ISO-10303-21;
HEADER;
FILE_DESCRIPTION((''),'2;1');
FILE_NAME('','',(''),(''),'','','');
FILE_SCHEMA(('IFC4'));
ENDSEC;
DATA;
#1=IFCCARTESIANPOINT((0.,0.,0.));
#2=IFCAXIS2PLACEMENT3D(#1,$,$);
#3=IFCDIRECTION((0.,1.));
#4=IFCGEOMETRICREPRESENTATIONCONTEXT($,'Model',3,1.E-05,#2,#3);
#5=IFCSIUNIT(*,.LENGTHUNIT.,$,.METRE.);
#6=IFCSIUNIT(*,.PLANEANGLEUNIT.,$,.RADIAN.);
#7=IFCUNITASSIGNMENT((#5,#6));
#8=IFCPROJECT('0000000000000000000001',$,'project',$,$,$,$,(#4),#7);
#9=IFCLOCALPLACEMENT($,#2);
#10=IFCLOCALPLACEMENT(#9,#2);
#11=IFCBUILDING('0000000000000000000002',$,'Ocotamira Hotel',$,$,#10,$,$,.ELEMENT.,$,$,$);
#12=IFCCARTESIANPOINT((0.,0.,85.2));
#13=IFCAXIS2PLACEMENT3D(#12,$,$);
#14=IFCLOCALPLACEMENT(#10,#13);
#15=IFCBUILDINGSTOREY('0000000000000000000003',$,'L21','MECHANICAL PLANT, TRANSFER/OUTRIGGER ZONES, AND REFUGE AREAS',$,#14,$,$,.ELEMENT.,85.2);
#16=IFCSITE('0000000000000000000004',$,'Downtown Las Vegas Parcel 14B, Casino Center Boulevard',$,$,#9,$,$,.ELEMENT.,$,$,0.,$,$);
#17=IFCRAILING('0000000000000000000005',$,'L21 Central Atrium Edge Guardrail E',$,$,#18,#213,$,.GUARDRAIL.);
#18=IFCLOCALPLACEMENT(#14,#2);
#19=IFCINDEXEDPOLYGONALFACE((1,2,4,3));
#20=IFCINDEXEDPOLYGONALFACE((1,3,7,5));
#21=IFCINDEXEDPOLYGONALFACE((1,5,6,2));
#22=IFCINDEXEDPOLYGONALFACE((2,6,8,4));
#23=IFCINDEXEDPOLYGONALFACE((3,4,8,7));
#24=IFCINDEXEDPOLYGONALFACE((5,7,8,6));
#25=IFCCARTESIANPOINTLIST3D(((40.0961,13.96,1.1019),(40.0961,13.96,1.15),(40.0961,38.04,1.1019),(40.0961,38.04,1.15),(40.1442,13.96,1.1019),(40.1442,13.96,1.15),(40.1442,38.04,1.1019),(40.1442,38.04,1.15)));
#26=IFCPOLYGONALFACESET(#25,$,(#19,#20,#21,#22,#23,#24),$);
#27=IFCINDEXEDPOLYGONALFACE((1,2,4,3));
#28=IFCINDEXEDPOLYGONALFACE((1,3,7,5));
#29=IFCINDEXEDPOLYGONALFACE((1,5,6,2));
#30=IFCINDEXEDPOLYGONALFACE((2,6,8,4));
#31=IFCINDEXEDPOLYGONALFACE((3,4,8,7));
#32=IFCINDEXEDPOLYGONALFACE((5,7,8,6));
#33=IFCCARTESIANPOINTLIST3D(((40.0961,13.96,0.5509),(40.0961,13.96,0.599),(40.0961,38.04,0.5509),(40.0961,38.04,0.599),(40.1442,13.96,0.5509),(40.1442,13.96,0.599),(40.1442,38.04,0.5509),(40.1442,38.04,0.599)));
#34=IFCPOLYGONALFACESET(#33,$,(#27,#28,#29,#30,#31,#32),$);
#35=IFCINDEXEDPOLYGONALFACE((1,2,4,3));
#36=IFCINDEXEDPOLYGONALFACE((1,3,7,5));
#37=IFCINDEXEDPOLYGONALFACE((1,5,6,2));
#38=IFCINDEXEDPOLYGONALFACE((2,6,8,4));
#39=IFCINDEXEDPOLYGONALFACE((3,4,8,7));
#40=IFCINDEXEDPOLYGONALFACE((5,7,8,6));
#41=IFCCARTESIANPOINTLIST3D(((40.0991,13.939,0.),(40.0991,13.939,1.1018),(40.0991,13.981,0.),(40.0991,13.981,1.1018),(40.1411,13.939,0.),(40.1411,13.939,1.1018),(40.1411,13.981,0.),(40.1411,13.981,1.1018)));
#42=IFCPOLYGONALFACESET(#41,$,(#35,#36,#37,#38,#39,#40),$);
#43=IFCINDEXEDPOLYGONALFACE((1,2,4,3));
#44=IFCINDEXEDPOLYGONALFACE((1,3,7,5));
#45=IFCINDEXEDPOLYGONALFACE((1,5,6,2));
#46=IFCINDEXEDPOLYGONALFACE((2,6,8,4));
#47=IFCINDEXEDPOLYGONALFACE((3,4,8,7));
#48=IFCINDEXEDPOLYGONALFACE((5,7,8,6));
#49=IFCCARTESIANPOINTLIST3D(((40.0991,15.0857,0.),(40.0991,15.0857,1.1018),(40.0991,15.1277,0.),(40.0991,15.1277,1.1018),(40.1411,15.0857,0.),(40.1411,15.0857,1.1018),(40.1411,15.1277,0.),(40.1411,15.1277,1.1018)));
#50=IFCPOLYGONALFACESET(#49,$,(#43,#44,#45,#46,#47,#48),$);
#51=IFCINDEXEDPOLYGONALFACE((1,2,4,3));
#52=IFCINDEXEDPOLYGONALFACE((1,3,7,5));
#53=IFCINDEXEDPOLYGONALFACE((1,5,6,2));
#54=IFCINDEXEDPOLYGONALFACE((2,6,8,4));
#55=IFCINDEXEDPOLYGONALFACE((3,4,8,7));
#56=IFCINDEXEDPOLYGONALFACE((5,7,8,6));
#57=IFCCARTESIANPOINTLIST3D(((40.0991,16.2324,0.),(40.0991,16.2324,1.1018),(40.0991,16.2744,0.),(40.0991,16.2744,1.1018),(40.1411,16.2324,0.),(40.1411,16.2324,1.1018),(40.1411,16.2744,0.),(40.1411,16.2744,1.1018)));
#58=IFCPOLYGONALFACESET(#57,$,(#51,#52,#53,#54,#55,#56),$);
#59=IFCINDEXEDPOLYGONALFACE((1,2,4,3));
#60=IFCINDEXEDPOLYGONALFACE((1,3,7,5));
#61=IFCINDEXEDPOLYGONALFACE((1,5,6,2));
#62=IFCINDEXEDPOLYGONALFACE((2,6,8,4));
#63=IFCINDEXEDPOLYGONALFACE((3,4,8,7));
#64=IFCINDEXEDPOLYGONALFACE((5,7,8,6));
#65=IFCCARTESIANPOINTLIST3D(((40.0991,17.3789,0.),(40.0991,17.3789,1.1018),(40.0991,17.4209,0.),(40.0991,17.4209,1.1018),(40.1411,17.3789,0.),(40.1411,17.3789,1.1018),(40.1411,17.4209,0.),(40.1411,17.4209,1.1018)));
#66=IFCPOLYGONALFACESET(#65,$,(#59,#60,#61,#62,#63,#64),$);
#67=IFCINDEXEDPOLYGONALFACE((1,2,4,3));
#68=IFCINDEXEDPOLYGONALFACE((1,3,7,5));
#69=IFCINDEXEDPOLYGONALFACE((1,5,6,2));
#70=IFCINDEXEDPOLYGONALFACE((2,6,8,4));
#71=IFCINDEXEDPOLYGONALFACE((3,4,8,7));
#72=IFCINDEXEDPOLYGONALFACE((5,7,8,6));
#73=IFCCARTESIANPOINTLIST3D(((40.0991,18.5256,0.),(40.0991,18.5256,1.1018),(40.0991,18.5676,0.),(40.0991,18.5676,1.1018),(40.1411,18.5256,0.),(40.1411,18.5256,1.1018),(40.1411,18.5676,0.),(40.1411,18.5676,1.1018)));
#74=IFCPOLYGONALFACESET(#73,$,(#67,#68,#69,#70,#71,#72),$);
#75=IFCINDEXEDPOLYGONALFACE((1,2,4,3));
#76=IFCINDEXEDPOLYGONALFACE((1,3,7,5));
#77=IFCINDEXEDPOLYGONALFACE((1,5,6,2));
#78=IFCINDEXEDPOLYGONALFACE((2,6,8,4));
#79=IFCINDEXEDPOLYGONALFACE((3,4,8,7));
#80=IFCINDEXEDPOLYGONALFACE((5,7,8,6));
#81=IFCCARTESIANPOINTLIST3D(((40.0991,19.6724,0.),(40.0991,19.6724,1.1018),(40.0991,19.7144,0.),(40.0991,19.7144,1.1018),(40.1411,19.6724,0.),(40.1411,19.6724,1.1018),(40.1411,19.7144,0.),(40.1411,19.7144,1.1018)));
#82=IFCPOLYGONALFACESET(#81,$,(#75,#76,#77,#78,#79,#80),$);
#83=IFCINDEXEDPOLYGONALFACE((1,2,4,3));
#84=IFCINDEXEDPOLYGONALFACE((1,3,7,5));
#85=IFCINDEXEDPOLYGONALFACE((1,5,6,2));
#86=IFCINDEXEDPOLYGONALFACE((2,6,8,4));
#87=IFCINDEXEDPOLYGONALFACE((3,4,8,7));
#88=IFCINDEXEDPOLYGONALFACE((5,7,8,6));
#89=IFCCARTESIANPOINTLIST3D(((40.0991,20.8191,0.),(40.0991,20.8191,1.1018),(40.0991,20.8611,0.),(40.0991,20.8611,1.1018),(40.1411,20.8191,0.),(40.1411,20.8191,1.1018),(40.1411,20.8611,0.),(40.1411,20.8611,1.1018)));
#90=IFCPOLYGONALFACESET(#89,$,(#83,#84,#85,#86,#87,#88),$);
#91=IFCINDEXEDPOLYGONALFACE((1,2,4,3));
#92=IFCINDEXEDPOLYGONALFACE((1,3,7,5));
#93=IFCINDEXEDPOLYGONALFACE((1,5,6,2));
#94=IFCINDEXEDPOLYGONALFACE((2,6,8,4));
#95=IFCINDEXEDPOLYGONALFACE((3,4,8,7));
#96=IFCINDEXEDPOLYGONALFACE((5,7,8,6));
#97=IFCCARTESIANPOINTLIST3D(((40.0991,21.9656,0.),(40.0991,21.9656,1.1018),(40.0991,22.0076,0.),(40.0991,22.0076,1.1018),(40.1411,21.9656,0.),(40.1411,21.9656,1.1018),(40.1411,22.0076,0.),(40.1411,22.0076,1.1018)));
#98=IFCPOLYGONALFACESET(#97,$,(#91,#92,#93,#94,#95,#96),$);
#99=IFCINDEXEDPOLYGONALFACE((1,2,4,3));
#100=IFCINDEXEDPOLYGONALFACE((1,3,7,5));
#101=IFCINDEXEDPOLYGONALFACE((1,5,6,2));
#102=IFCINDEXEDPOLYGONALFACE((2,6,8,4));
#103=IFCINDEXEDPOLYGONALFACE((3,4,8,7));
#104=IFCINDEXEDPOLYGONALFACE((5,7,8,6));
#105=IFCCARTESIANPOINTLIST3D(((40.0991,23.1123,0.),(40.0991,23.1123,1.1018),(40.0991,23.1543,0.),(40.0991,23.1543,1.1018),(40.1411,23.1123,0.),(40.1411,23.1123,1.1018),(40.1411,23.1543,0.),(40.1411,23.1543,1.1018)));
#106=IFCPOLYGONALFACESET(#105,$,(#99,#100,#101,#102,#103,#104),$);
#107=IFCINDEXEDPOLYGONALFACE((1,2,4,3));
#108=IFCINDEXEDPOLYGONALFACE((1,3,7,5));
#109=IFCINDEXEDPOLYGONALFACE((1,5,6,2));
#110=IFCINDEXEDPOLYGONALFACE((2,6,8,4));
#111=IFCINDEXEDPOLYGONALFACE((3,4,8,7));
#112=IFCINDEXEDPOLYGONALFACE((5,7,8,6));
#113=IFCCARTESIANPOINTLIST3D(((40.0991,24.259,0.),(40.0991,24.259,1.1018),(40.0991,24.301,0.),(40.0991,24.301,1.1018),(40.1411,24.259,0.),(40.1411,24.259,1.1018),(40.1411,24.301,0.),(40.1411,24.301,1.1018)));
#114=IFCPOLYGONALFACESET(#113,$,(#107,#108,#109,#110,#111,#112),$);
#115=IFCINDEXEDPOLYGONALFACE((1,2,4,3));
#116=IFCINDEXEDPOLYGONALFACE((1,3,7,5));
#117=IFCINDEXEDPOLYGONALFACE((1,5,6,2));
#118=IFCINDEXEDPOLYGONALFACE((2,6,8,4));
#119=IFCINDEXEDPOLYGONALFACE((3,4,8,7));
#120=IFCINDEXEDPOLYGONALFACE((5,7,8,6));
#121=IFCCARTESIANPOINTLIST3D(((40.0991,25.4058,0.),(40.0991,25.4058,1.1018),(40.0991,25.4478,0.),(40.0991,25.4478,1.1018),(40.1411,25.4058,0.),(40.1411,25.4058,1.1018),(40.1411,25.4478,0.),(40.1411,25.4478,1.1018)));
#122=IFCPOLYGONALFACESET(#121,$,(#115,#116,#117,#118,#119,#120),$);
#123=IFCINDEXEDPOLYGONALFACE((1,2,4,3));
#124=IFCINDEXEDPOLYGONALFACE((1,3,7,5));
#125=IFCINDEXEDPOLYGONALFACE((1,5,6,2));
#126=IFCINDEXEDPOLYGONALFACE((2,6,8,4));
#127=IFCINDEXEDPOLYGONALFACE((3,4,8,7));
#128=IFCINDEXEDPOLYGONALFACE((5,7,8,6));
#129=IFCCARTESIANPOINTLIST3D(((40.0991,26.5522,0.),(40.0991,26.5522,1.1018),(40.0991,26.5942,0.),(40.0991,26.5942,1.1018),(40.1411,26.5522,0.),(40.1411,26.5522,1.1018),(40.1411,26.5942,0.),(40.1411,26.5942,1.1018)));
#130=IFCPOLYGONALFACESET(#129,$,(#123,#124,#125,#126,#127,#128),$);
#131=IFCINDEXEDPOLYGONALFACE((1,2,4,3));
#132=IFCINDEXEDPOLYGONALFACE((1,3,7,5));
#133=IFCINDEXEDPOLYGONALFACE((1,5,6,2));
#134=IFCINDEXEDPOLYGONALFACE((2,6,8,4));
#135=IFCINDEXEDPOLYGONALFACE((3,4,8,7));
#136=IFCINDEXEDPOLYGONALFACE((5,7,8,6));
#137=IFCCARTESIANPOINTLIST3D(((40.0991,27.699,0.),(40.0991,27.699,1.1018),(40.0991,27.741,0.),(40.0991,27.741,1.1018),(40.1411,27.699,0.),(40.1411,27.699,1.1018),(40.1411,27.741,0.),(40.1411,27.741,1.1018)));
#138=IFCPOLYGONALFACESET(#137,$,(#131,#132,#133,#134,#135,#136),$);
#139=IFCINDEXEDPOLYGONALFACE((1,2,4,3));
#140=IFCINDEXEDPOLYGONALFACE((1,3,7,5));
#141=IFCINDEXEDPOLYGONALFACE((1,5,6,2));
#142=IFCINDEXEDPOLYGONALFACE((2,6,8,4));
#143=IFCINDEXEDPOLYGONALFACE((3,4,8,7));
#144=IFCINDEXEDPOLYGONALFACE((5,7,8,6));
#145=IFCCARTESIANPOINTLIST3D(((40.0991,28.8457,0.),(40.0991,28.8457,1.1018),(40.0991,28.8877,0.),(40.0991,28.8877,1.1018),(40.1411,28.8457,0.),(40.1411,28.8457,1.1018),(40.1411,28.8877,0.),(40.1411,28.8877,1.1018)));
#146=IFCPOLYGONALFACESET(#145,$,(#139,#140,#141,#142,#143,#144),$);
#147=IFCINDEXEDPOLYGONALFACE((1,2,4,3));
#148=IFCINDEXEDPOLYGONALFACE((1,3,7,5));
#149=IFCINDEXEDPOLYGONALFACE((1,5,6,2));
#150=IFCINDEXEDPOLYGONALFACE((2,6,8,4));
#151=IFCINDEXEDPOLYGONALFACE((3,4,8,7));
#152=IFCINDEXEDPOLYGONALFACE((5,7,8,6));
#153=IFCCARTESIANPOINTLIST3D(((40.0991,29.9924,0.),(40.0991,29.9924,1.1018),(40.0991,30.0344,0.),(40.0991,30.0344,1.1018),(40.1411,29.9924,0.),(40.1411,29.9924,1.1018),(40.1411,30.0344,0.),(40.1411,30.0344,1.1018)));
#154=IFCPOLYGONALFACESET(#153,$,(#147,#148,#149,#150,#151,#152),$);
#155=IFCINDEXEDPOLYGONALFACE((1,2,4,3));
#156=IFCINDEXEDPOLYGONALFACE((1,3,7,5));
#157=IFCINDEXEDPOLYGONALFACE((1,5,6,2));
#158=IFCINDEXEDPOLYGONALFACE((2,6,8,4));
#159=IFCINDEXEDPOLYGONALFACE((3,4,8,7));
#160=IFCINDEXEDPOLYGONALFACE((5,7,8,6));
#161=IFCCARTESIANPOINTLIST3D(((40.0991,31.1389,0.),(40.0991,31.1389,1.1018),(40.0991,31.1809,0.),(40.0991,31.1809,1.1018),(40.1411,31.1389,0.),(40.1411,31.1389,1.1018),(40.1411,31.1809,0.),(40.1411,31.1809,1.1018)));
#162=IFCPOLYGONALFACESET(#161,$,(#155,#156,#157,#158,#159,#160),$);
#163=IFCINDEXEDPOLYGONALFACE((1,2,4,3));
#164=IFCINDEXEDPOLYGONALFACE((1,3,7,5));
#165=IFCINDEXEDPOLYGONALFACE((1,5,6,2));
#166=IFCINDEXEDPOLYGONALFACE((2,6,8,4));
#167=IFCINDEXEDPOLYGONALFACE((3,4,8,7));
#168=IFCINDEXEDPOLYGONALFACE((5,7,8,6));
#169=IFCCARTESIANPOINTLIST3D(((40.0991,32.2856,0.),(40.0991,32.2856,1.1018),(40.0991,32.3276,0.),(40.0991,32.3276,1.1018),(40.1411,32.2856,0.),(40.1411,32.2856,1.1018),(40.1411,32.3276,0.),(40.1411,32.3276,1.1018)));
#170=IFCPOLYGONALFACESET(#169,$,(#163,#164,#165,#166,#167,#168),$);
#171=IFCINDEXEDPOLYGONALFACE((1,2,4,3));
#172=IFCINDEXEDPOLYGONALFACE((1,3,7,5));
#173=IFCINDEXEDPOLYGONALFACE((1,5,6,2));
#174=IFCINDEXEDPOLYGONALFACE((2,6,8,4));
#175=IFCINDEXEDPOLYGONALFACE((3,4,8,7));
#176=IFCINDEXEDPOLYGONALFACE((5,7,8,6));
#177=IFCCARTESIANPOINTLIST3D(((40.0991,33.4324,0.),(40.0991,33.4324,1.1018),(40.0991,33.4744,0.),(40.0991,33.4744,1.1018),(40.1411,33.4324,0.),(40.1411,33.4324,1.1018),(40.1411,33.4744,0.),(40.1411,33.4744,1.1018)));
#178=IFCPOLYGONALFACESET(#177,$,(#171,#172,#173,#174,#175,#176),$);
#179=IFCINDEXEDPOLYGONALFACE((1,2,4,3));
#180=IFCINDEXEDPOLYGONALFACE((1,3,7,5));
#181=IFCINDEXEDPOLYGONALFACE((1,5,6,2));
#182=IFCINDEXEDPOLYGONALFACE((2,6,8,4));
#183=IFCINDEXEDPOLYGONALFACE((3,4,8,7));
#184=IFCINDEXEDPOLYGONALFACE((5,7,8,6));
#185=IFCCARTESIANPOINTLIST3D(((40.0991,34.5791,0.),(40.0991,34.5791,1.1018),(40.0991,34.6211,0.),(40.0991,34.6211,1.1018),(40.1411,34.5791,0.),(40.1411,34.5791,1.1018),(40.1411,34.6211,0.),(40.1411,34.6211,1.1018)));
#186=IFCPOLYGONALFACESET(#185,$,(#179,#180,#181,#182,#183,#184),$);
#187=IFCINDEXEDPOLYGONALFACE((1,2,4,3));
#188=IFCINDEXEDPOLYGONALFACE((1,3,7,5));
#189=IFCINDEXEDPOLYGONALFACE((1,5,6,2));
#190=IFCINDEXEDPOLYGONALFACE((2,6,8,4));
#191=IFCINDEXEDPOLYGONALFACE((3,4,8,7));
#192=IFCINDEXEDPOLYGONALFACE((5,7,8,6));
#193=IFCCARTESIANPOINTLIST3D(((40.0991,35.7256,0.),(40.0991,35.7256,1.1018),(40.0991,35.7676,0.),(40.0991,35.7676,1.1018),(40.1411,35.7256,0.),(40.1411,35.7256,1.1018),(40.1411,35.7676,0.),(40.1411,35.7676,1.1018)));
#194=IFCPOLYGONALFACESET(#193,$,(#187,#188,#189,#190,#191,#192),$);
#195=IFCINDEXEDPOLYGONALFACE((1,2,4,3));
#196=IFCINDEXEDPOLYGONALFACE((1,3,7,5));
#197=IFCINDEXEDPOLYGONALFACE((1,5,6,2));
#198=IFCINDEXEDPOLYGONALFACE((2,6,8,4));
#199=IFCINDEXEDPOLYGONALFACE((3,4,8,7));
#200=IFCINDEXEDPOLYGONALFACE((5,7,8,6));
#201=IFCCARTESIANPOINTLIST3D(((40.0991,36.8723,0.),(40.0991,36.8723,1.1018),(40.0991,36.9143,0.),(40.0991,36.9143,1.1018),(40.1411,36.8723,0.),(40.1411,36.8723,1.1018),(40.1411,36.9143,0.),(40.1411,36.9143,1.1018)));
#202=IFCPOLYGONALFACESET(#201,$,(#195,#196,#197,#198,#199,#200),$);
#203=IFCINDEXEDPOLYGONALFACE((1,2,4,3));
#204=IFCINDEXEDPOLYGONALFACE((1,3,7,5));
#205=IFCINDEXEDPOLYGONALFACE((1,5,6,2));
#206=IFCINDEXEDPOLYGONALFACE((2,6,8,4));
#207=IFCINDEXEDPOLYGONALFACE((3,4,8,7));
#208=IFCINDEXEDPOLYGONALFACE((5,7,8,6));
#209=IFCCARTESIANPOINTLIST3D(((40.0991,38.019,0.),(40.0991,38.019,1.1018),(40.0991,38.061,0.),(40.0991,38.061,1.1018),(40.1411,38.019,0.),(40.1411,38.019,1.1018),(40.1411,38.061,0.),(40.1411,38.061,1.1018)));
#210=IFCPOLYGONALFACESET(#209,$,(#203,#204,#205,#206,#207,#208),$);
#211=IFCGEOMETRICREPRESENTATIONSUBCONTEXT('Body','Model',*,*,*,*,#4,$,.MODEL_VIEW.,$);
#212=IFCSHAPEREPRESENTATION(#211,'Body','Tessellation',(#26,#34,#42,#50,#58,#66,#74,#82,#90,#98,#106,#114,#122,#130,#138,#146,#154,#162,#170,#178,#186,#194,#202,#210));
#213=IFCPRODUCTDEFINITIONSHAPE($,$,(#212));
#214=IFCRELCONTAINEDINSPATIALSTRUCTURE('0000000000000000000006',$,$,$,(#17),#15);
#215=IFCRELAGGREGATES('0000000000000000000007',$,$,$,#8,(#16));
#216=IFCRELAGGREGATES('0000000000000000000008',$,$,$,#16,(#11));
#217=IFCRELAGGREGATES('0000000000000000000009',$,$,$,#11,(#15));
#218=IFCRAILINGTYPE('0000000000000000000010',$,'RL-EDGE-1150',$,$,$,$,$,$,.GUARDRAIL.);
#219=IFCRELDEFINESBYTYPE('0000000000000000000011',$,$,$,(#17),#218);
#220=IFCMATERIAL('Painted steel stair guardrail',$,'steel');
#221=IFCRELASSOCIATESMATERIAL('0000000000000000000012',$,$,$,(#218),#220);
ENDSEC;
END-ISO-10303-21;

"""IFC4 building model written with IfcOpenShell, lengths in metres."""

from ifc_helpers import new_model, si_unit, direction, frame, origin, origin_2d, place, context, subcontext, project, spatial, rectangle, extrude, material, type_object, element, save


model = new_model("IFC4")

# Units and contexts
model_context = context("Model", 3, precision=1e-05, world=origin(), true_north=direction((0.0, 1.0)))
body_context = subcontext(model_context, "Body", "Model", "MODEL_VIEW")
ifc_project = project(units=[si_unit("LENGTHUNIT", "METRE"), si_unit("PLANEANGLEUNIT", "RADIAN")], contexts=[model_context])

# Site, building, storey
site_placement = place(None, origin())
site = spatial("IfcSite", under=ifc_project, at=site_placement, Name="Downtown Las Vegas Parcel 14B, Casino Center Boulevard", CompositionType="ELEMENT", RefElevation=0.0)
building_placement = place(site_placement, origin())
building = spatial("IfcBuilding", under=site, at=building_placement, Name="Ocotamira Hotel", CompositionType="ELEMENT")
storey_placement = place(building_placement, frame((0.0, 0.0, 85.2)))
storey = spatial("IfcBuildingStorey", under=building, at=storey_placement, Name="L21", Description="MECHANICAL PLANT, TRANSFER/OUTRIGGER ZONES, AND REFUGE AREAS", CompositionType="ELEMENT", Elevation=85.2)

# Railing
ifc_material_1 = material(Name="Painted steel stair guardrail", Category="steel")
railing_type = type_object("IfcRailingType", Name="RL-EDGE-1150", PredefinedType="GUARDRAIL", material=ifc_material_1)
railing_1_placement = place(storey_placement, frame((40.1201, 13.96, 0.0)))
element("IfcRailing", 1, at=railing_1_placement, inside=storey, type_object=railing_type, Name="L21 Central Atrium Edge Guardrail E", PredefinedType="GUARDRAIL", context=body_context, shape_type="SweptSolid", body=[
    extrude(rectangle(XDim=0.0481, YDim=0.0481, at=origin_2d()), frame((0.0, 0.0, 1.126), z_axis=(0.0, 1.0, 0.0), x_axis=(-1.0, 0.0, 0.0)), (0.0, 0.0, 1.0), 24.0801),
    extrude(rectangle(XDim=0.0481, YDim=0.0481, at=origin_2d()), frame((0.0, 0.0, 0.575), z_axis=(0.0, 1.0, 0.0), x_axis=(-1.0, 0.0, 0.0)), (0.0, 0.0, 1.0), 24.0801),
    extrude(rectangle(XDim=0.042, YDim=0.042, at=origin_2d()), origin(), (0.0, 0.0, 1.0), 1.1018),
    extrude(rectangle(XDim=0.042, YDim=0.042, at=origin_2d()), frame((0.0, 1.1467, 0.0)), (0.0, 0.0, 1.0), 1.1018),
    extrude(rectangle(XDim=0.042, YDim=0.042, at=origin_2d()), frame((0.0, 2.2935, 0.0)), (0.0, 0.0, 1.0), 1.1018),
    extrude(rectangle(XDim=0.042, YDim=0.042, at=origin_2d()), frame((0.0, 3.4399, 0.0)), (0.0, 0.0, 1.0), 1.1018),
    extrude(rectangle(XDim=0.042, YDim=0.042, at=origin_2d()), frame((0.0, 4.5867, 0.0)), (0.0, 0.0, 1.0), 1.1018),
    extrude(rectangle(XDim=0.042, YDim=0.042, at=origin_2d()), frame((0.0, 5.7334, 0.0)), (0.0, 0.0, 1.0), 1.1018),
    extrude(rectangle(XDim=0.042, YDim=0.042, at=origin_2d()), frame((0.0, 6.8801, 0.0)), (0.0, 0.0, 1.0), 1.1018),
    extrude(rectangle(XDim=0.042, YDim=0.042, at=origin_2d()), frame((0.0, 8.0266, 0.0)), (0.0, 0.0, 1.0), 1.1018),
    extrude(rectangle(XDim=0.042, YDim=0.042, at=origin_2d()), frame((0.0, 9.1733, 0.0)), (0.0, 0.0, 1.0), 1.1018),
    extrude(rectangle(XDim=0.042, YDim=0.042, at=origin_2d()), frame((0.0, 10.3201, 0.0)), (0.0, 0.0, 1.0), 1.1018),
    extrude(rectangle(XDim=0.042, YDim=0.042, at=origin_2d()), frame((0.0, 11.4668, 0.0)), (0.0, 0.0, 1.0), 1.1018),
    extrude(rectangle(XDim=0.042, YDim=0.042, at=origin_2d()), frame((0.0, 12.6133, 0.0)), (0.0, 0.0, 1.0), 1.1018),
    extrude(rectangle(XDim=0.042, YDim=0.042, at=origin_2d()), frame((0.0, 13.76, 0.0)), (0.0, 0.0, 1.0), 1.1018),
    extrude(rectangle(XDim=0.042, YDim=0.042, at=origin_2d()), frame((0.0, 14.9067, 0.0)), (0.0, 0.0, 1.0), 1.1018),
    extrude(rectangle(XDim=0.042, YDim=0.042, at=origin_2d()), frame((0.0, 16.0535, 0.0)), (0.0, 0.0, 1.0), 1.1018),
    extrude(rectangle(XDim=0.042, YDim=0.042, at=origin_2d()), frame((0.0, 17.2, 0.0)), (0.0, 0.0, 1.0), 1.1018),
    extrude(rectangle(XDim=0.042, YDim=0.042, at=origin_2d()), frame((0.0, 18.3467, 0.0)), (0.0, 0.0, 1.0), 1.1018),
    extrude(rectangle(XDim=0.042, YDim=0.042, at=origin_2d()), frame((0.0, 19.4934, 0.0)), (0.0, 0.0, 1.0), 1.1018),
    extrude(rectangle(XDim=0.042, YDim=0.042, at=origin_2d()), frame((0.0, 20.6401, 0.0)), (0.0, 0.0, 1.0), 1.1018),
    extrude(rectangle(XDim=0.042, YDim=0.042, at=origin_2d()), frame((0.0, 21.7866, 0.0)), (0.0, 0.0, 1.0), 1.1018),
    extrude(rectangle(XDim=0.042, YDim=0.042, at=origin_2d()), frame((0.0, 22.9333, 0.0)), (0.0, 0.0, 1.0), 1.1018),
    extrude(rectangle(XDim=0.042, YDim=0.042, at=origin_2d()), frame((0.0, 24.0801, 0.0)), (0.0, 0.0, 1.0), 1.1018),
])

save(model, "model.ifc")
